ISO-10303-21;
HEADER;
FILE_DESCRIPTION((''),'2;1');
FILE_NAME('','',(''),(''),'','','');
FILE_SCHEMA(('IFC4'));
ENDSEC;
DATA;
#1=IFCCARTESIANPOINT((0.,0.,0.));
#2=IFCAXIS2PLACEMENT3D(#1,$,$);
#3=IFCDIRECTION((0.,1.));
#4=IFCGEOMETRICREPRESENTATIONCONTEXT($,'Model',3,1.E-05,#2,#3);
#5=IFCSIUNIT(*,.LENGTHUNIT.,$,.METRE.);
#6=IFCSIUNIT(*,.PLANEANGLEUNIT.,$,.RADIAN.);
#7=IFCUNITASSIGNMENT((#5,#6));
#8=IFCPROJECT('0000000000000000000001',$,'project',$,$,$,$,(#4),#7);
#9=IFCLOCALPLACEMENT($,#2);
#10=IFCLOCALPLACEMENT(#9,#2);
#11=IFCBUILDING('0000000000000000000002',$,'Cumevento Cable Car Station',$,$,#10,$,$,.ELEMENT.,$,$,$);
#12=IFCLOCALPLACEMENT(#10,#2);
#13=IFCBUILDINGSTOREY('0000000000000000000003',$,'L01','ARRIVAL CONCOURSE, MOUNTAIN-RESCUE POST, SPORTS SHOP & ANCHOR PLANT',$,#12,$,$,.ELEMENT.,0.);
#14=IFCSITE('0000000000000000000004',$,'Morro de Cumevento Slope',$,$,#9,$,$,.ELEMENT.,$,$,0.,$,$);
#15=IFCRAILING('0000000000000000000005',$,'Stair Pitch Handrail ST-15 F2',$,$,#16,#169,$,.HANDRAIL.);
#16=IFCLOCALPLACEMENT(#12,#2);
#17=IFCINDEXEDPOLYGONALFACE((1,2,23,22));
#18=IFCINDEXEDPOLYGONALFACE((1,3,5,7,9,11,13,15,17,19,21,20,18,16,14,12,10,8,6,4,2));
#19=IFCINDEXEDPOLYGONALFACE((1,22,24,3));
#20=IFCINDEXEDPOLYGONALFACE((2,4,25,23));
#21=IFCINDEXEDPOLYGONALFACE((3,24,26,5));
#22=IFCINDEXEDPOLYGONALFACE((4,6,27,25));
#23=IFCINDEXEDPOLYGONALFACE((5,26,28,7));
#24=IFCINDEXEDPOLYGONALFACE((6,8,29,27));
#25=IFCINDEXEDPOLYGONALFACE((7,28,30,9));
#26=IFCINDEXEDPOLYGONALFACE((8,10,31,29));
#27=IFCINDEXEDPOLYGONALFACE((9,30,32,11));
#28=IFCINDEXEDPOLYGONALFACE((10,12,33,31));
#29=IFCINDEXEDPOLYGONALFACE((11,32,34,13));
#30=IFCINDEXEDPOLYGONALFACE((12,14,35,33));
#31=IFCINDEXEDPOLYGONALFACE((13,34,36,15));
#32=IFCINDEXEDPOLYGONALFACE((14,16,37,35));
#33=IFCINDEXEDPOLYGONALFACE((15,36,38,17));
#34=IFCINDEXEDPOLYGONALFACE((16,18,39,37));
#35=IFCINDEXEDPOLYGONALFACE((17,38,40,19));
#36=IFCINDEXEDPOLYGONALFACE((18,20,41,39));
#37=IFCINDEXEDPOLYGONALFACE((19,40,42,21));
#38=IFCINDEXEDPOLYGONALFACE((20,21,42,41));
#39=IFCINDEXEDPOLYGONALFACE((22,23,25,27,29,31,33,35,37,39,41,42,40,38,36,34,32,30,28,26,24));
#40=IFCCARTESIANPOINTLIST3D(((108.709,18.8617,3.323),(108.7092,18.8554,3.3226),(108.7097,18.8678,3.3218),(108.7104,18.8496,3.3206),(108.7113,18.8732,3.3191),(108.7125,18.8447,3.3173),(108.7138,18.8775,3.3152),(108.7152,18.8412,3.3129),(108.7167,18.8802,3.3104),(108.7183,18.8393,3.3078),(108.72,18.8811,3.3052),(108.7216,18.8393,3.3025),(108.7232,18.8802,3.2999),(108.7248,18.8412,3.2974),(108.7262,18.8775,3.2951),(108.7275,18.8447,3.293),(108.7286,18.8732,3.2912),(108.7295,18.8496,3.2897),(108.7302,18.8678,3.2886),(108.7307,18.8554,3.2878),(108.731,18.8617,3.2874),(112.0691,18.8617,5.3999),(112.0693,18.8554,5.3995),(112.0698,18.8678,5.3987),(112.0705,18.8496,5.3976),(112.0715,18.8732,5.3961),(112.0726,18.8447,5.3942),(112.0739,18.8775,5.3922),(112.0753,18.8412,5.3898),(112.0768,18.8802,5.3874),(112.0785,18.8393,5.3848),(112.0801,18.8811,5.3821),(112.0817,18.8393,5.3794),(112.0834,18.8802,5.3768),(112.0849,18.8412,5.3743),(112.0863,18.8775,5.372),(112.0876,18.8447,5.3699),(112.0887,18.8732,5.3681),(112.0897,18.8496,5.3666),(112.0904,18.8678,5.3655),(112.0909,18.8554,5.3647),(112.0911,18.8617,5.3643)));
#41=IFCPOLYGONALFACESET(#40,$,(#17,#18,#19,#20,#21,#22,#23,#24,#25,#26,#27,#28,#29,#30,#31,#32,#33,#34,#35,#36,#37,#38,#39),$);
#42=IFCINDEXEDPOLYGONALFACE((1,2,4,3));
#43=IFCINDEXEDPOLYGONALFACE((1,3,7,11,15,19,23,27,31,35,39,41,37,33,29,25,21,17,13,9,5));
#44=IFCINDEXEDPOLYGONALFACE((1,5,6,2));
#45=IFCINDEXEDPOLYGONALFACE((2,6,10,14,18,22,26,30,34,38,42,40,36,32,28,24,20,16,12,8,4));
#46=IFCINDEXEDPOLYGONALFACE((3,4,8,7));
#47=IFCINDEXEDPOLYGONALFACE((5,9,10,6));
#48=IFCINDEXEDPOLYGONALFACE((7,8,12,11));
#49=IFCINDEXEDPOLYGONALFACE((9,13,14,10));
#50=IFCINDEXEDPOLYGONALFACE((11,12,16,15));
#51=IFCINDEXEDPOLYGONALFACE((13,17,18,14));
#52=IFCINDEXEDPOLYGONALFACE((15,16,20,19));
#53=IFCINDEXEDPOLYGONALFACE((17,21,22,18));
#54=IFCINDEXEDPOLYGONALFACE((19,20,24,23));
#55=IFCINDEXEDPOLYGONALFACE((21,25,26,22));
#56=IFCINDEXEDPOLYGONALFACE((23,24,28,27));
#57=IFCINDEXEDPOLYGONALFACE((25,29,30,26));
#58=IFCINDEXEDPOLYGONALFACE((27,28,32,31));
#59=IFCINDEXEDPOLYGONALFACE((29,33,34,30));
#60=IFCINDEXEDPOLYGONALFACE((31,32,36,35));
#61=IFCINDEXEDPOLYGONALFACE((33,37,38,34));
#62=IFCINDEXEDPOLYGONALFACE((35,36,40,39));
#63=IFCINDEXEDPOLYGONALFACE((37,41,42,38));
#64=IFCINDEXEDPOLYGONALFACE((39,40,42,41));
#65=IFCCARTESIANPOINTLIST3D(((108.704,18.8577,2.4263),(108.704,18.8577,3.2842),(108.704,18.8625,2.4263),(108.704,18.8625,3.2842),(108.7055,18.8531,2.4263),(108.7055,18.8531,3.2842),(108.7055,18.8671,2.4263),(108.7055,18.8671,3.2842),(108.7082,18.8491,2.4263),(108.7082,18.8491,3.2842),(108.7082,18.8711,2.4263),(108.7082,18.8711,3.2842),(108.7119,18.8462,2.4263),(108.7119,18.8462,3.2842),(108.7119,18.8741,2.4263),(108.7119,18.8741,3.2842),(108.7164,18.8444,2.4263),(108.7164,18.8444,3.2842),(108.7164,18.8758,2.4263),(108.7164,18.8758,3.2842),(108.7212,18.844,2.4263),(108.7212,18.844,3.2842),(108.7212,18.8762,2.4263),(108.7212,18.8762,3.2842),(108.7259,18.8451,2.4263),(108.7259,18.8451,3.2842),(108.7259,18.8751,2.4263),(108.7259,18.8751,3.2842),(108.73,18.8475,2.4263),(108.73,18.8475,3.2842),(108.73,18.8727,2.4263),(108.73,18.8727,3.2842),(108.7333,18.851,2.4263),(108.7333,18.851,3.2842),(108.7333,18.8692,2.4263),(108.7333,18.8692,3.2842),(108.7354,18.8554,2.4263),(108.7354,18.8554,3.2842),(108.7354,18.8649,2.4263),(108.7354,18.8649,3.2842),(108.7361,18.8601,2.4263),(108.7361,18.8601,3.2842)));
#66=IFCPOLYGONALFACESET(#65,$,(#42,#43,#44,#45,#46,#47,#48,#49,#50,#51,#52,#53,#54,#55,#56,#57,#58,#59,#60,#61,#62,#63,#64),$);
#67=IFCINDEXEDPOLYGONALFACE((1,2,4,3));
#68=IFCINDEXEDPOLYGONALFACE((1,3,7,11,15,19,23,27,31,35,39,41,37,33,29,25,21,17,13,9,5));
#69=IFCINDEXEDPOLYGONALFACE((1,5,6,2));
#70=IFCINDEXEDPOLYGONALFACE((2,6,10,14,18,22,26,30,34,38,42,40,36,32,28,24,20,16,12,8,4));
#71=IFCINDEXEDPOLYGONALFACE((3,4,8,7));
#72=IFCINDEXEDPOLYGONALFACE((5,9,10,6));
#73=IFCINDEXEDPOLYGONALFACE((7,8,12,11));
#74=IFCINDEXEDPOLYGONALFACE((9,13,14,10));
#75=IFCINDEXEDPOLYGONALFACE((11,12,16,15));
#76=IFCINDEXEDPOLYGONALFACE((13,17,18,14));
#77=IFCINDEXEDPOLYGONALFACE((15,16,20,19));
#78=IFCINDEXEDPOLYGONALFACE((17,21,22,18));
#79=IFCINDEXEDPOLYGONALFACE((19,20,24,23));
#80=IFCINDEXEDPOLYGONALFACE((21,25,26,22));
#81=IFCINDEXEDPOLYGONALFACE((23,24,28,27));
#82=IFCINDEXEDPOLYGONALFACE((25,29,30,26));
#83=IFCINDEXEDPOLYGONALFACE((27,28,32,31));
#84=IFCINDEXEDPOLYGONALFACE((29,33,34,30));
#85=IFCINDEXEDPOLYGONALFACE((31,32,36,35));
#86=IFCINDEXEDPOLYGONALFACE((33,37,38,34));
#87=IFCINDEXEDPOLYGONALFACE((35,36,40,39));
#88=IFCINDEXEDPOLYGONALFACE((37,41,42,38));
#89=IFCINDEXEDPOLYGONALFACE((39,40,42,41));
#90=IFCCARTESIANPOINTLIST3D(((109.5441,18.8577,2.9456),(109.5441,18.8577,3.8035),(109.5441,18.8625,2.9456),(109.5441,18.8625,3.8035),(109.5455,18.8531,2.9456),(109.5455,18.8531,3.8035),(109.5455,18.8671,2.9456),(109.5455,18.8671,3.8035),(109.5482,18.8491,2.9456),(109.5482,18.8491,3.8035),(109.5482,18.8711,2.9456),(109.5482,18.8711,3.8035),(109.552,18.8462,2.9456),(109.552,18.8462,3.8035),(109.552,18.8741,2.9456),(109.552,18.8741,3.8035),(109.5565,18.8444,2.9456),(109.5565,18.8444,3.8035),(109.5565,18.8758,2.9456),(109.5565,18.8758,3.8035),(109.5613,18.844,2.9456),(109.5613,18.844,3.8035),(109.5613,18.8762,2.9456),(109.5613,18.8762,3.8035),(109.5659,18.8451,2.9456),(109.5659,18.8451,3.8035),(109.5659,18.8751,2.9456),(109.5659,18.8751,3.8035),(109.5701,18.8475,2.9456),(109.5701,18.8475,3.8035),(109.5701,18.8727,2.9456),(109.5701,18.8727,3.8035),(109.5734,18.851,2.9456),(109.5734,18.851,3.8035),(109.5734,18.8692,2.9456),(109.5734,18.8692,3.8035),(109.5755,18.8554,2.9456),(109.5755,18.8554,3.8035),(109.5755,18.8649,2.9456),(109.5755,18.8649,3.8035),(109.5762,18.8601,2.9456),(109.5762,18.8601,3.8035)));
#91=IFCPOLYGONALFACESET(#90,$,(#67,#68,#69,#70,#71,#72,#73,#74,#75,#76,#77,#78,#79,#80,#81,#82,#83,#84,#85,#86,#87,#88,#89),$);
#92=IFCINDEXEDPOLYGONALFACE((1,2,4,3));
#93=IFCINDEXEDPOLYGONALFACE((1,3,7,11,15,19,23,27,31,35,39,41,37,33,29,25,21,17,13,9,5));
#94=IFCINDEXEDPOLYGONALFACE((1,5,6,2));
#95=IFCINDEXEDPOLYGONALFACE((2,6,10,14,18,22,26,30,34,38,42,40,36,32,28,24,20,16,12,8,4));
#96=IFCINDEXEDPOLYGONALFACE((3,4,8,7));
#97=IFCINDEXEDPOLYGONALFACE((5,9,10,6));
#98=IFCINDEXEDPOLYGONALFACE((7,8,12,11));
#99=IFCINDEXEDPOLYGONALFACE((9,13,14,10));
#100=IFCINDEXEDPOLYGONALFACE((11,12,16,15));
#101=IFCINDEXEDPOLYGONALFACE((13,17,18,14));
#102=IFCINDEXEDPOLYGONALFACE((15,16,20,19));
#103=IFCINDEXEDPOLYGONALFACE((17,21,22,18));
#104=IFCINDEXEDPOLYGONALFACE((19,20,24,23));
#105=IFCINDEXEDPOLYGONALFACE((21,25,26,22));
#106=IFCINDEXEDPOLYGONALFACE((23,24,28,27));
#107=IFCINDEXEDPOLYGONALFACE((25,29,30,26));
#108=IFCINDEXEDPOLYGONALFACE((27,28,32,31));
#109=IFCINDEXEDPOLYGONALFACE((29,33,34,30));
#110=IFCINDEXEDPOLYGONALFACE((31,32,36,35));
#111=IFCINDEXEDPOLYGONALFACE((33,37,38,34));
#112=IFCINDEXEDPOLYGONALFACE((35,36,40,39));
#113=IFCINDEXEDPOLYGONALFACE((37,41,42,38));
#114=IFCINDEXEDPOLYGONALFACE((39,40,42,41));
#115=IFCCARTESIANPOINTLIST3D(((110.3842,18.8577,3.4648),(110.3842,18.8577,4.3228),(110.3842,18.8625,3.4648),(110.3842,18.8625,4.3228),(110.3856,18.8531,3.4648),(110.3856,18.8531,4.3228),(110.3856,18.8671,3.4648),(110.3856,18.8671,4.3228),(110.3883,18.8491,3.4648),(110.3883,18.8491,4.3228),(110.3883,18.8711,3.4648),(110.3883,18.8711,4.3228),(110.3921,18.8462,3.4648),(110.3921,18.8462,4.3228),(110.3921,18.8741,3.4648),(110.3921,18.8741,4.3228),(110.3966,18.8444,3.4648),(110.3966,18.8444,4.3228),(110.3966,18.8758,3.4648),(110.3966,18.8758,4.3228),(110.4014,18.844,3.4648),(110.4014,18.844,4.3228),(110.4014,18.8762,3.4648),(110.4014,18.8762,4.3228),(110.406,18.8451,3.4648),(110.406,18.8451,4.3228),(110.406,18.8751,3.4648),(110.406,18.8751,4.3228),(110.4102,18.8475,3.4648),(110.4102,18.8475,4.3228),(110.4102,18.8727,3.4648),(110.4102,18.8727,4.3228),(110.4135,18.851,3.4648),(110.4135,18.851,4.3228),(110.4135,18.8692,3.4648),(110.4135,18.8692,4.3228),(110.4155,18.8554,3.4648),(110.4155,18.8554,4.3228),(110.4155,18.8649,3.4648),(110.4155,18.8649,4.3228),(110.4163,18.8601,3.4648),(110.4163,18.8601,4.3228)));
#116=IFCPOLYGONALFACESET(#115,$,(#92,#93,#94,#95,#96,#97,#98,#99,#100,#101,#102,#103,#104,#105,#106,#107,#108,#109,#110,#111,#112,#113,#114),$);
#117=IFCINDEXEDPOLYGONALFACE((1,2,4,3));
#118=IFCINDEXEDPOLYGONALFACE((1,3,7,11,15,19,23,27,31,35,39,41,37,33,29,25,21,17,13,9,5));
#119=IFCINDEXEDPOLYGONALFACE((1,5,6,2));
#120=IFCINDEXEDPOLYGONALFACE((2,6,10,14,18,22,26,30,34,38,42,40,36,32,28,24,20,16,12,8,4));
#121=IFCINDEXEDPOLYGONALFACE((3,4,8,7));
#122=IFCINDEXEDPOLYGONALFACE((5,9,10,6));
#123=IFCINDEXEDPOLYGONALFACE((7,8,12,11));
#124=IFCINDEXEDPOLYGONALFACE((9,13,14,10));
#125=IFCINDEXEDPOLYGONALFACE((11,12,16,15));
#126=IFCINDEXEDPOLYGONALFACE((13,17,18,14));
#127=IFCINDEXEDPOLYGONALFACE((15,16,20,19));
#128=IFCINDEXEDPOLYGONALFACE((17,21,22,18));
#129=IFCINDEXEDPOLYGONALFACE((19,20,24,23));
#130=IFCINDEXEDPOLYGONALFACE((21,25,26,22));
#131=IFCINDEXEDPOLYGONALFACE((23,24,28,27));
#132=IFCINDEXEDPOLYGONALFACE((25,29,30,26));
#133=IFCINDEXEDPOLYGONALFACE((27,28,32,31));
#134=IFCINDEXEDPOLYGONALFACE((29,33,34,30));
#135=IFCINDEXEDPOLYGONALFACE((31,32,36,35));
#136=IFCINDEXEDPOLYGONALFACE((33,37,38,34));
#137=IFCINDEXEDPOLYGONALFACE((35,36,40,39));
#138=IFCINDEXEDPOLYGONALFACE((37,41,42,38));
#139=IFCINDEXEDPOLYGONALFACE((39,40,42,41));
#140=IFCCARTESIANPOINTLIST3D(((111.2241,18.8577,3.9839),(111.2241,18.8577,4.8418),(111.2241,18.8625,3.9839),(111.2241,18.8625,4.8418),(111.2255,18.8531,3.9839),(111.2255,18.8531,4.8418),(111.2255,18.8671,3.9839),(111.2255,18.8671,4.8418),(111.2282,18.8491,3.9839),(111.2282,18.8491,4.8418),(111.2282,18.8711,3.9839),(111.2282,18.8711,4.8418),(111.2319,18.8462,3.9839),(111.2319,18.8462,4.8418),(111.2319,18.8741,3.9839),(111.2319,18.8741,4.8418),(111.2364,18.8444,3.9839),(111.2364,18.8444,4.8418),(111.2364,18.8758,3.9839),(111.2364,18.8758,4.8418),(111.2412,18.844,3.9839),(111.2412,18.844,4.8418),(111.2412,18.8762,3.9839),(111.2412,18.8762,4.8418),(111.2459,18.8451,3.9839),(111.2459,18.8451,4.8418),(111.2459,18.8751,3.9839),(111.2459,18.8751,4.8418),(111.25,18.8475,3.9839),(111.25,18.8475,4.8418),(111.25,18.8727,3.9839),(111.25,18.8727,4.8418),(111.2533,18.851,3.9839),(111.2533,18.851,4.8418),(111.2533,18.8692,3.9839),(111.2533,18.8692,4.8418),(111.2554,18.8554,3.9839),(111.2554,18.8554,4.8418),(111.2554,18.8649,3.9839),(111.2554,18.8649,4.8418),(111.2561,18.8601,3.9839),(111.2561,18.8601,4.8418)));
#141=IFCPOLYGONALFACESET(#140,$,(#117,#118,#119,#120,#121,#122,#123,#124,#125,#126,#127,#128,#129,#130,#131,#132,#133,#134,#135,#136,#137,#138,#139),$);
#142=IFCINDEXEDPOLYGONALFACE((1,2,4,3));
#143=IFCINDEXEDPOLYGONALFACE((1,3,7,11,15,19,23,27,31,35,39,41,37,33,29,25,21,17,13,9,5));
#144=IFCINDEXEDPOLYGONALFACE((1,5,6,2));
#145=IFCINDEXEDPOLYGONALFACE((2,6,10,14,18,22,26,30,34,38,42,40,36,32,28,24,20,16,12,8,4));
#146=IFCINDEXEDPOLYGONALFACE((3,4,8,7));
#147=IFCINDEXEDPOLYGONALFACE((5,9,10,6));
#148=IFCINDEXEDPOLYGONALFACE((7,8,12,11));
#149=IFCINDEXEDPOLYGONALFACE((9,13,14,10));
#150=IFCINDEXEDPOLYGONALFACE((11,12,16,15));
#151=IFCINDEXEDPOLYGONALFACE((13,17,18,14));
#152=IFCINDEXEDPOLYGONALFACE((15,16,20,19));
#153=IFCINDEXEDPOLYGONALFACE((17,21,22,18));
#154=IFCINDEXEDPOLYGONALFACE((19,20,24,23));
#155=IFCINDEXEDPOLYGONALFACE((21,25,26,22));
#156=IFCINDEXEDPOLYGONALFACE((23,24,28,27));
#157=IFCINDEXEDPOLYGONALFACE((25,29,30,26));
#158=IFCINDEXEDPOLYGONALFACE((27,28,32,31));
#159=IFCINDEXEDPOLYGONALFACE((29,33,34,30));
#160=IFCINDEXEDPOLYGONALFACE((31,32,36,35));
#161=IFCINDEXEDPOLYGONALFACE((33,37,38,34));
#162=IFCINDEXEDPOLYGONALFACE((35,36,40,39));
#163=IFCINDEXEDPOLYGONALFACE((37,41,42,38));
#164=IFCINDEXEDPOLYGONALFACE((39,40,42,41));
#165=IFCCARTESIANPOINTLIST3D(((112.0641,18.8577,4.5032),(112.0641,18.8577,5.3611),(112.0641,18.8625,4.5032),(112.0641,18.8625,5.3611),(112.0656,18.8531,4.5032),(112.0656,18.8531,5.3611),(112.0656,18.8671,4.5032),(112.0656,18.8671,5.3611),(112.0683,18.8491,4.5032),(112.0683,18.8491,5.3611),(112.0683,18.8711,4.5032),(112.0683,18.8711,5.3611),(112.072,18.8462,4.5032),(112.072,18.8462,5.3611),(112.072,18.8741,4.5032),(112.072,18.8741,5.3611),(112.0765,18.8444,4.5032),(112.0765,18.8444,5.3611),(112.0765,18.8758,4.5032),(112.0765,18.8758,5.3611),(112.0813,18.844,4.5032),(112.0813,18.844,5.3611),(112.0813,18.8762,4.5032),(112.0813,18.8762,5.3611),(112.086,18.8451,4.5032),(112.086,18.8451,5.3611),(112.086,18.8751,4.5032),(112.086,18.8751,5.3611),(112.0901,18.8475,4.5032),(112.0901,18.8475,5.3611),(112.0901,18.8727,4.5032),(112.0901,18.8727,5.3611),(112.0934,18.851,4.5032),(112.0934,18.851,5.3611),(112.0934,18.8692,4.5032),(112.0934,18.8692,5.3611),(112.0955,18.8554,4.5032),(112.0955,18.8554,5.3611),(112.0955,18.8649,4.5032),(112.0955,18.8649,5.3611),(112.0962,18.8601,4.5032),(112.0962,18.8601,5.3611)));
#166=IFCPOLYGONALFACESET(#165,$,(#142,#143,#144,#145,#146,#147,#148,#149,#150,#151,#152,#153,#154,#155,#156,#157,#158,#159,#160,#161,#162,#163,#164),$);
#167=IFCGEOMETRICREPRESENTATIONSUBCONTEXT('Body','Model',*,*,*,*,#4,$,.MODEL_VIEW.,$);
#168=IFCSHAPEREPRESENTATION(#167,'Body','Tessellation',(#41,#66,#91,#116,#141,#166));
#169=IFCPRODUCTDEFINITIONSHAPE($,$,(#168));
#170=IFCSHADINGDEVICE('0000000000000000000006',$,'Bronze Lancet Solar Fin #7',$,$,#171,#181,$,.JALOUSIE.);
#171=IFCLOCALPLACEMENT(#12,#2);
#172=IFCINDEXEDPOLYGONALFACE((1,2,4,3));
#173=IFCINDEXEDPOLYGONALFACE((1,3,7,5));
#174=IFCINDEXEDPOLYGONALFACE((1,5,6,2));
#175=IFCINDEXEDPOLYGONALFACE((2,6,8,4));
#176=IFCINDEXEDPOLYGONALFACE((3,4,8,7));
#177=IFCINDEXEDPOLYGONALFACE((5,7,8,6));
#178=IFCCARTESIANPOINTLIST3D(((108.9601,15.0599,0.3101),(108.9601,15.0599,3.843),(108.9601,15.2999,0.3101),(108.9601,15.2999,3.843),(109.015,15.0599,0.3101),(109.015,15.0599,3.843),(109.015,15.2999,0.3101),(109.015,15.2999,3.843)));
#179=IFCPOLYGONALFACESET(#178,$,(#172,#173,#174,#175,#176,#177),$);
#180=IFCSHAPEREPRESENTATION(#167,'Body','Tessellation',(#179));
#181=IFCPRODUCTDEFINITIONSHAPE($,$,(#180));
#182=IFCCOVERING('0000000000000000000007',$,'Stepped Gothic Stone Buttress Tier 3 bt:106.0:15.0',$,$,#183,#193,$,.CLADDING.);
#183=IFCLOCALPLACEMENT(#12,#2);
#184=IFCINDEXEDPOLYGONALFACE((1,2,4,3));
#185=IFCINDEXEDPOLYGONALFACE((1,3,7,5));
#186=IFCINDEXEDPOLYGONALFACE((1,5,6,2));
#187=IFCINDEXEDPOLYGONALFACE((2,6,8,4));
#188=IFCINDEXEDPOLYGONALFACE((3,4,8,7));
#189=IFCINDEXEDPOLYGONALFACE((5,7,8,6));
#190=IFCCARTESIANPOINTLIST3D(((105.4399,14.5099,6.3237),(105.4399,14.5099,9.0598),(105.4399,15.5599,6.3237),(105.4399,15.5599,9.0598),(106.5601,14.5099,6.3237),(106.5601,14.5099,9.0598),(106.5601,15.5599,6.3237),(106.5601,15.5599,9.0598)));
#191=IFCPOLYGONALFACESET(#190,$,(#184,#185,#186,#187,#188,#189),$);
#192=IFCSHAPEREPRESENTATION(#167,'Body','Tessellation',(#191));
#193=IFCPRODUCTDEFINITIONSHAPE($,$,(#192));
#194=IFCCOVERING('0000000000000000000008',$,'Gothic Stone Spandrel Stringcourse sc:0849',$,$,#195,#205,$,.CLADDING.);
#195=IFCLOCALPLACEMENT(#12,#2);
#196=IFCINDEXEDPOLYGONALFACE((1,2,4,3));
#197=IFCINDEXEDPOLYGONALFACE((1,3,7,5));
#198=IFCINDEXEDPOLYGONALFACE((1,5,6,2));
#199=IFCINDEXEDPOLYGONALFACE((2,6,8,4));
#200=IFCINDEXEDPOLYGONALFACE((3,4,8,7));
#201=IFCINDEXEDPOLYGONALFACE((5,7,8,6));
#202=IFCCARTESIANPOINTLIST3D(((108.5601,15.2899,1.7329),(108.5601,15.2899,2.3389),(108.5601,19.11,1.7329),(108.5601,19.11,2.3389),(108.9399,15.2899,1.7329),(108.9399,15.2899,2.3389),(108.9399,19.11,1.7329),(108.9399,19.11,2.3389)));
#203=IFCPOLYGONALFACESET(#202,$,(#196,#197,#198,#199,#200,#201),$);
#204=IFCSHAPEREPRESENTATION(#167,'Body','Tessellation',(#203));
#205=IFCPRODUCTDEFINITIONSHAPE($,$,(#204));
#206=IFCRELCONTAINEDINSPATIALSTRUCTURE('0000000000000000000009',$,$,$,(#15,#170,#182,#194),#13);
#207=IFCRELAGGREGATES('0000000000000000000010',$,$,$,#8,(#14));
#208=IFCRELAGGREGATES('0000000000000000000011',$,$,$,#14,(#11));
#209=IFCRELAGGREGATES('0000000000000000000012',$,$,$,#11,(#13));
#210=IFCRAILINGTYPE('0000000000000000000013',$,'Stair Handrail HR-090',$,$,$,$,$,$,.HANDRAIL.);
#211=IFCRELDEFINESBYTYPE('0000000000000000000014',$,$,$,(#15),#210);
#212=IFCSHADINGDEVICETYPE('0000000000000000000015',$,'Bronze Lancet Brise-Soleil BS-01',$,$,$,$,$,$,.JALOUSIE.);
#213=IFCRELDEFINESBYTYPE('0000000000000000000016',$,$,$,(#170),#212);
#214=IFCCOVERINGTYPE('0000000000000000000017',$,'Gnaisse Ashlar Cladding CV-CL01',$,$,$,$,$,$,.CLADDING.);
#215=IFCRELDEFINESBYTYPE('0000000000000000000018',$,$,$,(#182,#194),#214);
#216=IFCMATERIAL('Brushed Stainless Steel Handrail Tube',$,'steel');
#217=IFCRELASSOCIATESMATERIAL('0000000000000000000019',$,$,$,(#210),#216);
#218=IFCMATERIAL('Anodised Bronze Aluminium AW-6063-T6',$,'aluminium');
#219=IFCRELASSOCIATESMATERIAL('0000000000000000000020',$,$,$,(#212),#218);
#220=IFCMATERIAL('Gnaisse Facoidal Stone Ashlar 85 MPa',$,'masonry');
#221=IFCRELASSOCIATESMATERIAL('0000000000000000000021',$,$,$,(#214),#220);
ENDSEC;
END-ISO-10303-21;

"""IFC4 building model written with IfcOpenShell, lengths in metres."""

from ifc_helpers import new_model, si_unit, direction, frame, origin, origin_2d, place, context, subcontext, project, spatial, rectangle, circle, extrude, material, type_object, element, save


model = new_model("IFC4")

# Units and contexts
model_context = context("Model", 3, precision=1e-05, world=origin(), true_north=direction((0.0, 1.0)))
body_context = subcontext(model_context, "Body", "Model", "MODEL_VIEW")
ifc_project = project(units=[si_unit("LENGTHUNIT", "METRE"), si_unit("PLANEANGLEUNIT", "RADIAN")], contexts=[model_context])

# Site, building, storey
site_placement = place(None, origin())
site = spatial("IfcSite", under=ifc_project, at=site_placement, Name="Morro de Cumevento Slope", CompositionType="ELEMENT", RefElevation=0.0)
building_placement = place(site_placement, origin())
building = spatial("IfcBuilding", under=site, at=building_placement, Name="Cumevento Cable Car Station", CompositionType="ELEMENT")
storey_placement = place(building_placement, origin())
storey = spatial("IfcBuildingStorey", under=building, at=storey_placement, Name="L01", Description="ARRIVAL CONCOURSE, MOUNTAIN-RESCUE POST, SPORTS SHOP & ANCHOR PLANT", CompositionType="ELEMENT", Elevation=0.0)

# Railing
ifc_material_1 = material(Name="Brushed Stainless Steel Handrail Tube", Category="steel")
railing_type_1 = type_object("IfcRailingType", Name="Stair Handrail HR-090", PredefinedType="HANDRAIL", material=ifc_material_1)
railing_1_placement = place(storey_placement, frame((108.72, 18.8601, 2.4263)))
element("IfcRailing", 1, at=railing_1_placement, inside=storey, type_object=railing_type_1, Name="Stair Pitch Handrail ST-15 F2", PredefinedType="HANDRAIL", context=body_context, shape_type="SweptSolid", body=[
    extrude(circle(Radius=0.021, at=origin_2d()), frame((0.0, 0.0, 0.8789), z_axis=(0.850623, 0.0, 0.525776), x_axis=(0.0, 1.0, 0.0)), (0.0, 0.0, 1.0), 3.9502),
    extrude(circle(Radius=0.0161, at=origin_2d()), origin(), (0.0, 0.0, 1.0), 0.8579),
    extrude(circle(Radius=0.0161, at=origin_2d()), frame((0.8401, 0.0, 0.5193)), (0.0, 0.0, 1.0), 0.8579),
    extrude(circle(Radius=0.0161, at=origin_2d()), frame((1.6802, 0.0, 1.0386)), (0.0, 0.0, 1.0), 0.8579),
    extrude(circle(Radius=0.0161, at=origin_2d()), frame((2.52, 0.0, 1.5576)), (0.0, 0.0, 1.0), 0.8579),
    extrude(circle(Radius=0.0161, at=origin_2d()), frame((3.3601, 0.0, 2.0769)), (0.0, 0.0, 1.0), 0.8579),
])

# Shading device
ifc_material_2 = material(Name="Anodised Bronze Aluminium AW-6063-T6", Category="aluminium")
shading_device_type = type_object("IfcShadingDeviceType", Name="Bronze Lancet Brise-Soleil BS-01", PredefinedType="JALOUSIE", material=ifc_material_2)
shading_device_placement = place(storey_placement, frame((108.9875, 15.1799, 0.3101), z_axis=(0.0, 0.0, 1.0), x_axis=(1.0, 0.0, 0.0)))
element("IfcShadingDevice", 2, at=shading_device_placement, inside=storey, type_object=shading_device_type, Name="Bronze Lancet Solar Fin #7", PredefinedType="JALOUSIE", context=body_context, shape_type="SweptSolid", body=[
    extrude(rectangle(XDim=0.0549, YDim=0.24, at=origin_2d()), origin(), (0.0, 0.0, 1.0), 3.533),
])

# Coverings
ifc_material_3 = material(Name="Gnaisse Facoidal Stone Ashlar 85 MPa", Category="masonry")
covering_type = type_object("IfcCoveringType", Name="Gnaisse Ashlar Cladding CV-CL01", PredefinedType="CLADDING", material=ifc_material_3)
covering_1_placement = place(storey_placement, frame((106.0, 15.0349, 6.3237), z_axis=(0.0, 0.0, 1.0), x_axis=(1.0, 0.0, 0.0)))
element("IfcCovering", 3, at=covering_1_placement, inside=storey, type_object=covering_type, Name="Stepped Gothic Stone Buttress Tier 3 bt:106.0:15.0", PredefinedType="CLADDING", context=body_context, shape_type="SweptSolid", body=[
    extrude(rectangle(XDim=1.1201, YDim=1.05, at=origin_2d()), origin(), (0.0, 0.0, 1.0), 2.7361),
])
covering_2_placement = place(storey_placement, frame((108.75, 17.2, 1.7329), z_axis=(0.0, 0.0, 1.0), x_axis=(0.0, 1.0, 0.0)))
element("IfcCovering", 4, at=covering_2_placement, inside=storey, type_object=covering_type, Name="Gothic Stone Spandrel Stringcourse sc:0849", PredefinedType="CLADDING", context=body_context, shape_type="SweptSolid", body=[
    extrude(rectangle(XDim=3.8201, YDim=0.3799, at=origin_2d()), origin(), (0.0, 0.0, 1.0), 0.606),
])

save(model, "model.ifc")
